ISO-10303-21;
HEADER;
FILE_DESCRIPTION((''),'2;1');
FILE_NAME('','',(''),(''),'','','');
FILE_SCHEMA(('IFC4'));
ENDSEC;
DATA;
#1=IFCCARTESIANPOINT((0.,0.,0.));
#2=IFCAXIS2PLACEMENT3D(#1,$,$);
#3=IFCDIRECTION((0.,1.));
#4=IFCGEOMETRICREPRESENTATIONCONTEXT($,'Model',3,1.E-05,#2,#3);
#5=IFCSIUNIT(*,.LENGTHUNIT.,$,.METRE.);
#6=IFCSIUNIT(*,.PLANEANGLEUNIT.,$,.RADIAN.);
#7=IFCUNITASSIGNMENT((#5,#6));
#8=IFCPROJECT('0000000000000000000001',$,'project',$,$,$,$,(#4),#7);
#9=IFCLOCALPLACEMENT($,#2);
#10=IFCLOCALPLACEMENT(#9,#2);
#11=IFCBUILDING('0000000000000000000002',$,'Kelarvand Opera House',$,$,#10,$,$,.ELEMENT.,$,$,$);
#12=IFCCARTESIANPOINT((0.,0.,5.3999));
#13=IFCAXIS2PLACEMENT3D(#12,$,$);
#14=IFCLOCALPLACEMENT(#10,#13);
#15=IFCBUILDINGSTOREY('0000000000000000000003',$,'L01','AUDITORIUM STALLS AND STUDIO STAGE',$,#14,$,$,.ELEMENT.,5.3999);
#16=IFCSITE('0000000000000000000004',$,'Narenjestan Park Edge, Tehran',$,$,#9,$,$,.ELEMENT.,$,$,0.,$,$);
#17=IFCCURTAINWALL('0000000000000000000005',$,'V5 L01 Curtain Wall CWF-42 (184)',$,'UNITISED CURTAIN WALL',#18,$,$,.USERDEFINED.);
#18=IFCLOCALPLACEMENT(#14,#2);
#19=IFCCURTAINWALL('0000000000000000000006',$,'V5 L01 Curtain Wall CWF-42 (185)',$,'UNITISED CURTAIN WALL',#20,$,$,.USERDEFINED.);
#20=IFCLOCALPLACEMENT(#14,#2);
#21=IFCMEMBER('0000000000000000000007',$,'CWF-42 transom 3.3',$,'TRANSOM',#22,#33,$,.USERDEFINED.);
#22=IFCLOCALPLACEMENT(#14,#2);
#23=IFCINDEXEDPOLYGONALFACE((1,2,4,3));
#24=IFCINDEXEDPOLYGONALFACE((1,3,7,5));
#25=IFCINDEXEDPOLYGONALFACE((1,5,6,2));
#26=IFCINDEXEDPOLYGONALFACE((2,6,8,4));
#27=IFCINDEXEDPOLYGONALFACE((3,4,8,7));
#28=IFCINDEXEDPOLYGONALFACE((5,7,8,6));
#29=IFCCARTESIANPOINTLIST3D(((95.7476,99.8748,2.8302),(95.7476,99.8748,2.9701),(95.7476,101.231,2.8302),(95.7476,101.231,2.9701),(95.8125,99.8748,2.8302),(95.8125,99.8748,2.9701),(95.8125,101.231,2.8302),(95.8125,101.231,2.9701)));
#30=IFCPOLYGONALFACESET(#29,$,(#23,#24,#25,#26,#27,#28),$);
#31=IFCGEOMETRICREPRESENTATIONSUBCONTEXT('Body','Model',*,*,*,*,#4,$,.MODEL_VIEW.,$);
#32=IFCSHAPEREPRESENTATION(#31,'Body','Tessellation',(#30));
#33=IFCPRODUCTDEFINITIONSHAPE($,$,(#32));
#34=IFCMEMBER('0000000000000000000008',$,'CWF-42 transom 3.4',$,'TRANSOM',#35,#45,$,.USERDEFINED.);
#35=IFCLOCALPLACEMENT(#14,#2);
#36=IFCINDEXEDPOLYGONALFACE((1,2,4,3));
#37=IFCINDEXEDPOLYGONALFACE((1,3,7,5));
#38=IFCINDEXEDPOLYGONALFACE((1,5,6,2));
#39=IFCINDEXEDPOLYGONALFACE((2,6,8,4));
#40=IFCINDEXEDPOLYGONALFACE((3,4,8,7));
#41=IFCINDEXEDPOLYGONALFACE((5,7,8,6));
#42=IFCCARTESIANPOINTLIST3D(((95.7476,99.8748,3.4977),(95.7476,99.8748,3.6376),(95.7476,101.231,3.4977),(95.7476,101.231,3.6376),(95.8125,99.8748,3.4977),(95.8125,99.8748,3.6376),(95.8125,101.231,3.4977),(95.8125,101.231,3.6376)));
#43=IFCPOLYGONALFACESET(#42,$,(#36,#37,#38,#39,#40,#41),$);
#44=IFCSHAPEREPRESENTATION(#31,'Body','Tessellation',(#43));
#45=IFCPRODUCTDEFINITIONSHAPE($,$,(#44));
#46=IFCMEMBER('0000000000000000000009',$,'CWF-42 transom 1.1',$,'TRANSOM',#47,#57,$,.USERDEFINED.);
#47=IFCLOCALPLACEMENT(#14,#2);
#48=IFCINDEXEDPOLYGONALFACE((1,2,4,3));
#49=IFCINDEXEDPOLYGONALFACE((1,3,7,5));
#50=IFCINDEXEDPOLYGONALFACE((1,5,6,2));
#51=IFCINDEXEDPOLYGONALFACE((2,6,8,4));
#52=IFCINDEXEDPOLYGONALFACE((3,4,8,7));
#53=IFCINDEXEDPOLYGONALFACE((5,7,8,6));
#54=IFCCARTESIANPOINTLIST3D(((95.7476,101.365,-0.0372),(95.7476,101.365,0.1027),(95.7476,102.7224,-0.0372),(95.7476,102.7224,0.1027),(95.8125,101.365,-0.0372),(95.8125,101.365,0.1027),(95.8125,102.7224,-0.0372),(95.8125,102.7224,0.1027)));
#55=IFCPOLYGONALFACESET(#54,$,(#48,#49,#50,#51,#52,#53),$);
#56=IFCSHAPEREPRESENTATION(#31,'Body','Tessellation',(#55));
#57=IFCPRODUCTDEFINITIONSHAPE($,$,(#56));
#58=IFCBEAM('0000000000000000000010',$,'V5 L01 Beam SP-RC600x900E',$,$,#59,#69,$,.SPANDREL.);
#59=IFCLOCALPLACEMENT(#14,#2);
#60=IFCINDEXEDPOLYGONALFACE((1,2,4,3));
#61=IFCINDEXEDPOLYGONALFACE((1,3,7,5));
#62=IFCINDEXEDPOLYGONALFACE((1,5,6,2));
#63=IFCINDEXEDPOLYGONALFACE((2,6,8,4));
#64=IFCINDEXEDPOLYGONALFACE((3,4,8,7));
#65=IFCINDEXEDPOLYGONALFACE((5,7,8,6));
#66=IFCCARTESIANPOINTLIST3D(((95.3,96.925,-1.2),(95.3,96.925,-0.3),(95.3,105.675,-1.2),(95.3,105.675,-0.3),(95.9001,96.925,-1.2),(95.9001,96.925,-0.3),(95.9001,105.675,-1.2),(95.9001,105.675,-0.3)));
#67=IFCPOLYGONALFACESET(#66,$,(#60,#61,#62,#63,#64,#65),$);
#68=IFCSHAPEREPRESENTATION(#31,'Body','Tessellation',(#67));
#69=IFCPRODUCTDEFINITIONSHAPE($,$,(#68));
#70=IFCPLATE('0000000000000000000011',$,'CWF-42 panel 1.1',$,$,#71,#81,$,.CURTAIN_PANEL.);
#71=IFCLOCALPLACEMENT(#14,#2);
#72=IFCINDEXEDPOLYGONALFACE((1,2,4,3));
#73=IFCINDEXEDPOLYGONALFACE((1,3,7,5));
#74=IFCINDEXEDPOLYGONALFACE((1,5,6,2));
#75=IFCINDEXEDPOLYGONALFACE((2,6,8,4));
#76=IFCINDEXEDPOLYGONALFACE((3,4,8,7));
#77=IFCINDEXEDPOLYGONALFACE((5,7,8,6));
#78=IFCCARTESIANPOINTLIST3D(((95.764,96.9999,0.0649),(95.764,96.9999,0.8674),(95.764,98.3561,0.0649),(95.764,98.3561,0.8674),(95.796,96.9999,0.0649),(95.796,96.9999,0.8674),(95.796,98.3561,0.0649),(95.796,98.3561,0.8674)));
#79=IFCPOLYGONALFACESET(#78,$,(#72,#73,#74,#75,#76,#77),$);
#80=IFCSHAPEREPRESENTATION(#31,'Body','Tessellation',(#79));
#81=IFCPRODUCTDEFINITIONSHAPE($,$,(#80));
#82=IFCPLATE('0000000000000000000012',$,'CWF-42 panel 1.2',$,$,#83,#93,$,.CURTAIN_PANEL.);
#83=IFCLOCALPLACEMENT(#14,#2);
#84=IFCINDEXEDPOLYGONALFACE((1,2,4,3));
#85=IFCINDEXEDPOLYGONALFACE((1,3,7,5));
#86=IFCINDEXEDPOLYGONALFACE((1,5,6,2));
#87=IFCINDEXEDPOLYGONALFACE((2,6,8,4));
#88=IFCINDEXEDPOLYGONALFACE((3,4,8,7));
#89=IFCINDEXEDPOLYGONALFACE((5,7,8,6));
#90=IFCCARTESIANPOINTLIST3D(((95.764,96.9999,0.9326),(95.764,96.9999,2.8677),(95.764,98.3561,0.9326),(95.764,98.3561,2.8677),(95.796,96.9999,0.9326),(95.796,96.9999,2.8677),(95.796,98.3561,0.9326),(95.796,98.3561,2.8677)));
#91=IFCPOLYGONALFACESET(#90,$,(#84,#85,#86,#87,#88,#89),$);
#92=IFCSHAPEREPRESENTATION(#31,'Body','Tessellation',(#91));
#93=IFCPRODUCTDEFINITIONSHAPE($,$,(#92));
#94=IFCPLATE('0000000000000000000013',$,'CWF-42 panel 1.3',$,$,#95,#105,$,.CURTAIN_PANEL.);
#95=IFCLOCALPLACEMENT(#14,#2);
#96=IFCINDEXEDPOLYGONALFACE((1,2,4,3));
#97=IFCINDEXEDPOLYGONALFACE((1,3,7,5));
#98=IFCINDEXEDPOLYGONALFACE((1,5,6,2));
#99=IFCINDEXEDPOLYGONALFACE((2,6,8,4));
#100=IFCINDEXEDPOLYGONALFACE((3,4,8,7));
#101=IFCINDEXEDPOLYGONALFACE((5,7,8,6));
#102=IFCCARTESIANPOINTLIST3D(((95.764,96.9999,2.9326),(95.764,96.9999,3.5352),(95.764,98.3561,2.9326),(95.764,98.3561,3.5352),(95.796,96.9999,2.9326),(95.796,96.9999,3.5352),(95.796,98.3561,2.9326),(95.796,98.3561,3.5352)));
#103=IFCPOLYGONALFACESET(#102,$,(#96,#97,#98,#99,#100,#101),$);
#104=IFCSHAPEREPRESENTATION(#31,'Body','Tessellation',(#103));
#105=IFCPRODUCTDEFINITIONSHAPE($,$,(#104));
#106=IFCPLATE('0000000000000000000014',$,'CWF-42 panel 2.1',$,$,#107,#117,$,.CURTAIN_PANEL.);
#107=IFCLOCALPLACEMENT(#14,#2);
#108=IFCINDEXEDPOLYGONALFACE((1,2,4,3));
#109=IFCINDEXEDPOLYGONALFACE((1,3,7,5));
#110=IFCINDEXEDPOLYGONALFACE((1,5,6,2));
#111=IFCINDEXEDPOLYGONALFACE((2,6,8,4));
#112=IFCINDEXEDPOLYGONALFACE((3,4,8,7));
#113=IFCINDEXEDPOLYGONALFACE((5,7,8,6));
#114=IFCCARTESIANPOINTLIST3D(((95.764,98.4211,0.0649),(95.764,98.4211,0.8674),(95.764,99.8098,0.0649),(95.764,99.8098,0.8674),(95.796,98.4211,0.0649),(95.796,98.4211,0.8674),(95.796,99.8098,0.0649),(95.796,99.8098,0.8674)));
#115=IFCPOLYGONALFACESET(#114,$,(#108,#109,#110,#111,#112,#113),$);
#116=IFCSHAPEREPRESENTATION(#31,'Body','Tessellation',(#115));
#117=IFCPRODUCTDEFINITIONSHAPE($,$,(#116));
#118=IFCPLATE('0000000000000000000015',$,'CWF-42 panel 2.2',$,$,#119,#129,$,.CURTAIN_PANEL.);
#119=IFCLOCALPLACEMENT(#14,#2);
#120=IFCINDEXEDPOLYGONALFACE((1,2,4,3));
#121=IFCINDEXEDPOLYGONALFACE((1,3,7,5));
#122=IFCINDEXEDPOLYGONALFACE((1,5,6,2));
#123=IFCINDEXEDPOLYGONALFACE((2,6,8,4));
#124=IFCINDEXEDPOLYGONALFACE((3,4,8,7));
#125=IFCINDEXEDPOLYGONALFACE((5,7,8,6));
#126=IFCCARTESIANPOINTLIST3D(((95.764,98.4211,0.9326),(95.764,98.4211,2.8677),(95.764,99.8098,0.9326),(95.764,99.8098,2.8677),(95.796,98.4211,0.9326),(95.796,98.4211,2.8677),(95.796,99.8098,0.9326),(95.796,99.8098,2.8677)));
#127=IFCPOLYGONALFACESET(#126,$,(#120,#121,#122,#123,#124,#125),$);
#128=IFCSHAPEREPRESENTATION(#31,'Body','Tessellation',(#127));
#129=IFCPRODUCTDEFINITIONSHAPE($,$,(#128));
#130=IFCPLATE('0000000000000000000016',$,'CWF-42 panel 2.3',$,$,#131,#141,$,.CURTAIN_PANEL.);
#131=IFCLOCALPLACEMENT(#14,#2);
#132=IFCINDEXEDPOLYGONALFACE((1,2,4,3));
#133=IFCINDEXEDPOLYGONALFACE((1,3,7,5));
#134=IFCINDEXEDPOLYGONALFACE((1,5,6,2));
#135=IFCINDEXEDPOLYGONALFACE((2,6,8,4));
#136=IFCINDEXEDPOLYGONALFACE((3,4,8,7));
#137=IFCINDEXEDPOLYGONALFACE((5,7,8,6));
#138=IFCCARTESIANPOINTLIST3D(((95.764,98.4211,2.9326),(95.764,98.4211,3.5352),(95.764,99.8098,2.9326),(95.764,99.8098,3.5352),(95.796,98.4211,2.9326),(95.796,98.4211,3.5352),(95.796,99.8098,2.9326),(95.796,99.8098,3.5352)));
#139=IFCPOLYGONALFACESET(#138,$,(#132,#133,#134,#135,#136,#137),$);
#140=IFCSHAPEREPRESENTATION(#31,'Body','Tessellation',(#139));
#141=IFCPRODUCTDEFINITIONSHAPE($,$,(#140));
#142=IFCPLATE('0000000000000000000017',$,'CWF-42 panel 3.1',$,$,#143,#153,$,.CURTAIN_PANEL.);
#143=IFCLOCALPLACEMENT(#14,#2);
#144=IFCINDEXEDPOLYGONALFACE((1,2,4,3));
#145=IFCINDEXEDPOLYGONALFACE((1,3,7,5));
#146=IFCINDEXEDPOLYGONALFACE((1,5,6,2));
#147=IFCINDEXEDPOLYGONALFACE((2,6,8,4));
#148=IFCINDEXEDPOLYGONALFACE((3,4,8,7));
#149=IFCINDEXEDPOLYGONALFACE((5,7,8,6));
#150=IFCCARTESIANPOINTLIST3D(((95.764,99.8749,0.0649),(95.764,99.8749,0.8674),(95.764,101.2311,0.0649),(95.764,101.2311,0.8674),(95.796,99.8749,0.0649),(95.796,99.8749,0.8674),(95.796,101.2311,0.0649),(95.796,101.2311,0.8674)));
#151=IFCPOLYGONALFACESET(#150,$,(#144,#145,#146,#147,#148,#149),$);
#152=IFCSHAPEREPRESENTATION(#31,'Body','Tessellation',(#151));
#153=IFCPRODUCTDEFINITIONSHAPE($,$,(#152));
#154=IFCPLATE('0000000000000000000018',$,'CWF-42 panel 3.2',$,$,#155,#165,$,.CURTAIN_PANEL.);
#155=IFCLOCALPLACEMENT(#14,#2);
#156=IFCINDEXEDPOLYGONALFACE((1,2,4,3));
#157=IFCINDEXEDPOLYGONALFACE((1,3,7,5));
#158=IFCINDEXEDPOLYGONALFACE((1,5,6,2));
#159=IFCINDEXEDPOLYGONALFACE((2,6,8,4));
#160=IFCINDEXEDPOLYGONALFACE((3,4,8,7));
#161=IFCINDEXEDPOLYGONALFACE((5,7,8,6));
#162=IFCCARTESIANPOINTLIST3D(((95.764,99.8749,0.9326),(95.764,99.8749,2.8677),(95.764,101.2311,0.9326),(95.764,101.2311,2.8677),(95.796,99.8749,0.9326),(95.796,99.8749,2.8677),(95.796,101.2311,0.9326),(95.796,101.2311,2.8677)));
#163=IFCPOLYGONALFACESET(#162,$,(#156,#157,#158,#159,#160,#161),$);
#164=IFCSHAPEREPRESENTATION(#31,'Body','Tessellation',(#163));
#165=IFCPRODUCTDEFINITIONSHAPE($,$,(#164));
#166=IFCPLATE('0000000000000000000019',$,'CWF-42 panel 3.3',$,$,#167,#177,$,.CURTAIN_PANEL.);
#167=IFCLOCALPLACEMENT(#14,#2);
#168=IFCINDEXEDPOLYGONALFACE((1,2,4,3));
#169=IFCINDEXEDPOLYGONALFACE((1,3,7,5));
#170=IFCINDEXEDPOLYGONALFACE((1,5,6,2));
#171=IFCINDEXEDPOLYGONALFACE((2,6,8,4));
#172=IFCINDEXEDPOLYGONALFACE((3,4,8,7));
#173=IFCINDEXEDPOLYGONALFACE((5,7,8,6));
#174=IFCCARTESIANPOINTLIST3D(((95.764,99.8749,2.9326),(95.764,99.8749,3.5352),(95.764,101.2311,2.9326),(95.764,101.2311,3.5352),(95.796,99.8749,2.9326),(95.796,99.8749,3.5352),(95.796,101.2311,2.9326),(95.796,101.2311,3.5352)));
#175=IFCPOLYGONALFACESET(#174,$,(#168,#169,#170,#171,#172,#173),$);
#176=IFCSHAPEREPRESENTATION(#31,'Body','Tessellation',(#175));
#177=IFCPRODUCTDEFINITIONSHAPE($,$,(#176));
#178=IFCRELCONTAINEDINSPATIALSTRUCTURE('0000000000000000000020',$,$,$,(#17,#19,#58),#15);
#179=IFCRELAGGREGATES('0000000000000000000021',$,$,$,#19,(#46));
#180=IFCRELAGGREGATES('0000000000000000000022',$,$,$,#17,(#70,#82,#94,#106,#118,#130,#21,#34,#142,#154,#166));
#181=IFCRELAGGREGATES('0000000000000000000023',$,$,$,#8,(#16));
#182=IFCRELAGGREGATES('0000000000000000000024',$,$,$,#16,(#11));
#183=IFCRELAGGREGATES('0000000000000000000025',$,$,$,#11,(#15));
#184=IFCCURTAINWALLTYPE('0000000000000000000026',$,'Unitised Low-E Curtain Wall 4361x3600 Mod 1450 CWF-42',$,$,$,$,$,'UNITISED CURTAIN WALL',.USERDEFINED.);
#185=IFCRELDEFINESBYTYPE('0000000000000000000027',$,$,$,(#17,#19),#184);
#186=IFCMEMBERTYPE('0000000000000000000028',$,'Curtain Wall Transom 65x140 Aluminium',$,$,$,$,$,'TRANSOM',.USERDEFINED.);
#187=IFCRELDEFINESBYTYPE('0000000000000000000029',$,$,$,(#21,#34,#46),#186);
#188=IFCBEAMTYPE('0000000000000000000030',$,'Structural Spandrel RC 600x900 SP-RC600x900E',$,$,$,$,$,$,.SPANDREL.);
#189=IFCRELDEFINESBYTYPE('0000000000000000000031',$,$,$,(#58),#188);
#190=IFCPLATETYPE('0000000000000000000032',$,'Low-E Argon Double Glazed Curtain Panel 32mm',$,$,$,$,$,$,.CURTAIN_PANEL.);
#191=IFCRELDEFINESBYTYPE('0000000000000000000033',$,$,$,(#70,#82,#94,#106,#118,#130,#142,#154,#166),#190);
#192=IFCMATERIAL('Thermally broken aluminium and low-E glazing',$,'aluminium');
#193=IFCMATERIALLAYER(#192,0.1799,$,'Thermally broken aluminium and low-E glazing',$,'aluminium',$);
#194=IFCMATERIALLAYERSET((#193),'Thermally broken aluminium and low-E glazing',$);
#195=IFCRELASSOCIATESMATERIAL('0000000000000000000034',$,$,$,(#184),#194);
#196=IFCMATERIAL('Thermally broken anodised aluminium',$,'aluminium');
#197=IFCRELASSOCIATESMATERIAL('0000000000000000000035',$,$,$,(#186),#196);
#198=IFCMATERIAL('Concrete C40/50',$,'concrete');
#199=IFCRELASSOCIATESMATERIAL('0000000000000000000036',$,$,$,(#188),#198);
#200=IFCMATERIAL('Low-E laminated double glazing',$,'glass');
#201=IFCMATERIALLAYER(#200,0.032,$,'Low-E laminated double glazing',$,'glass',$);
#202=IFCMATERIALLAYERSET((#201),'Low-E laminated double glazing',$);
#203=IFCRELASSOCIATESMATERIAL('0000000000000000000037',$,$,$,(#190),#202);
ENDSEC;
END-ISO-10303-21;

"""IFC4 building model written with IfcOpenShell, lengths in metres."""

from ifc_helpers import new_model, si_unit, direction, frame, origin, origin_2d, place, context, subcontext, project, spatial, rectangle, extrude, material, layer, layer_set, material_profile, profile_set, type_object, element, aggregate, save


model = new_model("IFC4")

# Units and contexts
model_context = context("Model", 3, precision=1e-05, world=origin(), true_north=direction((0.0, 1.0)))
body_context = subcontext(model_context, "Body", "Model", "MODEL_VIEW")
ifc_project = project(units=[si_unit("LENGTHUNIT", "METRE"), si_unit("PLANEANGLEUNIT", "RADIAN")], contexts=[model_context])

# Site, building, storey
site_placement = place(None, origin())
site = spatial("IfcSite", under=ifc_project, at=site_placement, Name="Narenjestan Park Edge, Tehran", CompositionType="ELEMENT", RefElevation=0.0)
building_placement = place(site_placement, origin())
building = spatial("IfcBuilding", under=site, at=building_placement, Name="Kelarvand Opera House", CompositionType="ELEMENT")
storey_placement = place(building_placement, frame((0.0, 0.0, 5.3999)))
storey = spatial("IfcBuildingStorey", under=building, at=storey_placement, Name="L01", Description="AUDITORIUM STALLS AND STUDIO STAGE", CompositionType="ELEMENT", Elevation=5.3999)

# Curtain wall
ifc_material_1 = material(Name="Thermally broken aluminium and low-E glazing", Category="aluminium")
ifc_layer_1 = layer(ifc_material_1, 0.1799, Name="Thermally broken aluminium and low-E glazing", Category="aluminium")
ifc_layer_set_1 = layer_set([ifc_layer_1], Name="Thermally broken aluminium and low-E glazing")
curtain_wall_type = type_object("IfcCurtainWallType", Name="Unitised Low-E Curtain Wall 4361x3600 Mod 1450 CWF-42", ElementType="UNITISED CURTAIN WALL", PredefinedType="USERDEFINED", material=ifc_layer_set_1)
curtain_wall_1_placement = place(storey_placement, origin())
curtain_wall_1 = element("IfcCurtainWall", 1, at=curtain_wall_1_placement, inside=storey, type_object=curtain_wall_type, Name="V5 L01 Curtain Wall CWF-42 (184)", ObjectType="UNITISED CURTAIN WALL", PredefinedType="USERDEFINED")
ifc_material_2 = material(Name="Thermally broken anodised aluminium", Category="aluminium")

# Curtain wall
curtain_wall_2_placement = place(storey_placement, origin())
curtain_wall_2 = element("IfcCurtainWall", 2, at=curtain_wall_2_placement, inside=storey, type_object=curtain_wall_type, Name="V5 L01 Curtain Wall CWF-42 (185)", ObjectType="UNITISED CURTAIN WALL", PredefinedType="USERDEFINED")

# Members
ifc_material_profile_1 = material_profile(ifc_material_2, rectangle(XDim=0.0649, YDim=0.1399, at=origin_2d()), Name="ALU TRANSOM 65x140", Category="aluminium")
ifc_profile_set_1 = profile_set([ifc_material_profile_1], Name="Thermally broken anodised aluminium")
member_type_1 = type_object("IfcMemberType", Name="Curtain Wall Transom 65x140 Aluminium", ElementType="TRANSOM", PredefinedType="USERDEFINED", material=ifc_profile_set_1)
member_1_placement = place(storey_placement, frame((95.78, 99.8748, 2.9001), z_axis=(0.0, 1.0, 0.0), x_axis=(-1.0, 0.0, 0.0)))
member_1 = element("IfcMember", 3, at=member_1_placement, type_object=member_type_1, Name="CWF-42 transom 3.3", ObjectType="TRANSOM", PredefinedType="USERDEFINED", context=body_context, shape_type="SweptSolid", body=[
    extrude(rectangle(XDim=0.0649, YDim=0.1399, at=origin_2d()), origin(), (0.0, 0.0, 1.0), 1.3562),
])
member_2_placement = place(storey_placement, frame((95.78, 99.8748, 3.5676), z_axis=(0.0, 1.0, 0.0), x_axis=(-1.0, 0.0, 0.0)))
member_2 = element("IfcMember", 4, at=member_2_placement, type_object=member_type_1, Name="CWF-42 transom 3.4", ObjectType="TRANSOM", PredefinedType="USERDEFINED", context=body_context, shape_type="SweptSolid", body=[
    extrude(rectangle(XDim=0.0649, YDim=0.1399, at=origin_2d()), origin(), (0.0, 0.0, 1.0), 1.3562),
])
member_3_placement = place(storey_placement, frame((95.78, 101.365, 0.0327), z_axis=(0.0, 1.0, 0.0), x_axis=(-1.0, 0.0, 0.0)))
member_3 = element("IfcMember", 5, at=member_3_placement, type_object=member_type_1, Name="CWF-42 transom 1.1", ObjectType="TRANSOM", PredefinedType="USERDEFINED", context=body_context, shape_type="SweptSolid", body=[
    extrude(rectangle(XDim=0.0649, YDim=0.1399, at=origin_2d()), origin(), (0.0, 0.0, 1.0), 1.3574),
])
aggregate(curtain_wall_2, [member_3])

# Beam
ifc_material_3 = material(Name="Concrete C40/50", Category="concrete")
ifc_material_profile_2 = material_profile(ifc_material_3, rectangle(XDim=0.6001, YDim=0.8999, at=origin_2d()), Name="RC 600x900", Category="concrete")
ifc_profile_set_2 = profile_set([ifc_material_profile_2], Name="Concrete C40/50")
beam_type = type_object("IfcBeamType", Name="Structural Spandrel RC 600x900 SP-RC600x900E", PredefinedType="SPANDREL", material=ifc_profile_set_2)
beam_placement = place(storey_placement, frame((95.6001, 96.925, -0.75), z_axis=(0.0, 1.0, 0.0), x_axis=(-1.0, 0.0, 0.0)))
element("IfcBeam", 6, at=beam_placement, inside=storey, type_object=beam_type, Name="V5 L01 Beam SP-RC600x900E", PredefinedType="SPANDREL", context=body_context, shape_type="SweptSolid", body=[
    extrude(rectangle(XDim=0.6001, YDim=0.8999, at=origin_2d()), origin(), (0.0, 0.0, 1.0), 8.75),
])

# Plates
ifc_material_4 = material(Name="Low-E laminated double glazing", Category="glass")
ifc_layer_2 = layer(ifc_material_4, 0.032, Name="Low-E laminated double glazing", Category="glass")
ifc_layer_set_2 = layer_set([ifc_layer_2], Name="Low-E laminated double glazing")
plate_type = type_object("IfcPlateType", Name="Low-E Argon Double Glazed Curtain Panel 32mm", PredefinedType="CURTAIN_PANEL", material=ifc_layer_set_2)
plate_1_placement = place(storey_placement, frame((95.78, 97.678, 0.0649), z_axis=(0.0, 0.0, 1.0), x_axis=(0.0, 1.0, 0.0)))
plate_1 = element("IfcPlate", 7, at=plate_1_placement, type_object=plate_type, Name="CWF-42 panel 1.1", PredefinedType="CURTAIN_PANEL", context=body_context, shape_type="SweptSolid", body=[
    extrude(rectangle(XDim=1.3562, YDim=0.032, at=origin_2d()), origin(), (0.0, 0.0, 1.0), 0.8025),
])
plate_2_placement = place(storey_placement, frame((95.78, 97.678, 0.9326), z_axis=(0.0, 0.0, 1.0), x_axis=(0.0, 1.0, 0.0)))
plate_2 = element("IfcPlate", 8, at=plate_2_placement, type_object=plate_type, Name="CWF-42 panel 1.2", PredefinedType="CURTAIN_PANEL", context=body_context, shape_type="SweptSolid", body=[
    extrude(rectangle(XDim=1.3562, YDim=0.032, at=origin_2d()), origin(), (0.0, 0.0, 1.0), 1.9351),
])
plate_3_placement = place(storey_placement, frame((95.78, 97.678, 2.9326), z_axis=(0.0, 0.0, 1.0), x_axis=(0.0, 1.0, 0.0)))
plate_3 = element("IfcPlate", 9, at=plate_3_placement, type_object=plate_type, Name="CWF-42 panel 1.3", PredefinedType="CURTAIN_PANEL", context=body_context, shape_type="SweptSolid", body=[
    extrude(rectangle(XDim=1.3562, YDim=0.032, at=origin_2d()), origin(), (0.0, 0.0, 1.0), 0.6025),
])
plate_4_placement = place(storey_placement, frame((95.78, 99.1155, 0.0649), z_axis=(0.0, 0.0, 1.0), x_axis=(0.0, 1.0, 0.0)))
plate_4 = element("IfcPlate", 10, at=plate_4_placement, type_object=plate_type, Name="CWF-42 panel 2.1", PredefinedType="CURTAIN_PANEL", context=body_context, shape_type="SweptSolid", body=[
    extrude(rectangle(XDim=1.3887, YDim=0.032, at=origin_2d()), origin(), (0.0, 0.0, 1.0), 0.8025),
])
plate_5_placement = place(storey_placement, frame((95.78, 99.1155, 0.9326), z_axis=(0.0, 0.0, 1.0), x_axis=(0.0, 1.0, 0.0)))
plate_5 = element("IfcPlate", 11, at=plate_5_placement, type_object=plate_type, Name="CWF-42 panel 2.2", PredefinedType="CURTAIN_PANEL", context=body_context, shape_type="SweptSolid", body=[
    extrude(rectangle(XDim=1.3887, YDim=0.032, at=origin_2d()), origin(), (0.0, 0.0, 1.0), 1.9351),
])
plate_6_placement = place(storey_placement, frame((95.78, 99.1155, 2.9326), z_axis=(0.0, 0.0, 1.0), x_axis=(0.0, 1.0, 0.0)))
plate_6 = element("IfcPlate", 12, at=plate_6_placement, type_object=plate_type, Name="CWF-42 panel 2.3", PredefinedType="CURTAIN_PANEL", context=body_context, shape_type="SweptSolid", body=[
    extrude(rectangle(XDim=1.3887, YDim=0.032, at=origin_2d()), origin(), (0.0, 0.0, 1.0), 0.6025),
])
plate_7_placement = place(storey_placement, frame((95.78, 100.553, 0.0649), z_axis=(0.0, 0.0, 1.0), x_axis=(0.0, 1.0, 0.0)))
plate_7 = element("IfcPlate", 13, at=plate_7_placement, type_object=plate_type, Name="CWF-42 panel 3.1", PredefinedType="CURTAIN_PANEL", context=body_context, shape_type="SweptSolid", body=[
    extrude(rectangle(XDim=1.3562, YDim=0.032, at=origin_2d()), origin(), (0.0, 0.0, 1.0), 0.8025),
])
plate_8_placement = place(storey_placement, frame((95.78, 100.553, 0.9326), z_axis=(0.0, 0.0, 1.0), x_axis=(0.0, 1.0, 0.0)))
plate_8 = element("IfcPlate", 14, at=plate_8_placement, type_object=plate_type, Name="CWF-42 panel 3.2", PredefinedType="CURTAIN_PANEL", context=body_context, shape_type="SweptSolid", body=[
    extrude(rectangle(XDim=1.3562, YDim=0.032, at=origin_2d()), origin(), (0.0, 0.0, 1.0), 1.9351),
])
plate_9_placement = place(storey_placement, frame((95.78, 100.553, 2.9326), z_axis=(0.0, 0.0, 1.0), x_axis=(0.0, 1.0, 0.0)))
plate_9 = element("IfcPlate", 15, at=plate_9_placement, type_object=plate_type, Name="CWF-42 panel 3.3", PredefinedType="CURTAIN_PANEL", context=body_context, shape_type="SweptSolid", body=[
    extrude(rectangle(XDim=1.3562, YDim=0.032, at=origin_2d()), origin(), (0.0, 0.0, 1.0), 0.6025),
])
aggregate(curtain_wall_1, [plate_1, plate_2, plate_3, plate_4, plate_5, plate_6, member_1, member_2, plate_7, plate_8, plate_9])

save(model, "model.ifc")
